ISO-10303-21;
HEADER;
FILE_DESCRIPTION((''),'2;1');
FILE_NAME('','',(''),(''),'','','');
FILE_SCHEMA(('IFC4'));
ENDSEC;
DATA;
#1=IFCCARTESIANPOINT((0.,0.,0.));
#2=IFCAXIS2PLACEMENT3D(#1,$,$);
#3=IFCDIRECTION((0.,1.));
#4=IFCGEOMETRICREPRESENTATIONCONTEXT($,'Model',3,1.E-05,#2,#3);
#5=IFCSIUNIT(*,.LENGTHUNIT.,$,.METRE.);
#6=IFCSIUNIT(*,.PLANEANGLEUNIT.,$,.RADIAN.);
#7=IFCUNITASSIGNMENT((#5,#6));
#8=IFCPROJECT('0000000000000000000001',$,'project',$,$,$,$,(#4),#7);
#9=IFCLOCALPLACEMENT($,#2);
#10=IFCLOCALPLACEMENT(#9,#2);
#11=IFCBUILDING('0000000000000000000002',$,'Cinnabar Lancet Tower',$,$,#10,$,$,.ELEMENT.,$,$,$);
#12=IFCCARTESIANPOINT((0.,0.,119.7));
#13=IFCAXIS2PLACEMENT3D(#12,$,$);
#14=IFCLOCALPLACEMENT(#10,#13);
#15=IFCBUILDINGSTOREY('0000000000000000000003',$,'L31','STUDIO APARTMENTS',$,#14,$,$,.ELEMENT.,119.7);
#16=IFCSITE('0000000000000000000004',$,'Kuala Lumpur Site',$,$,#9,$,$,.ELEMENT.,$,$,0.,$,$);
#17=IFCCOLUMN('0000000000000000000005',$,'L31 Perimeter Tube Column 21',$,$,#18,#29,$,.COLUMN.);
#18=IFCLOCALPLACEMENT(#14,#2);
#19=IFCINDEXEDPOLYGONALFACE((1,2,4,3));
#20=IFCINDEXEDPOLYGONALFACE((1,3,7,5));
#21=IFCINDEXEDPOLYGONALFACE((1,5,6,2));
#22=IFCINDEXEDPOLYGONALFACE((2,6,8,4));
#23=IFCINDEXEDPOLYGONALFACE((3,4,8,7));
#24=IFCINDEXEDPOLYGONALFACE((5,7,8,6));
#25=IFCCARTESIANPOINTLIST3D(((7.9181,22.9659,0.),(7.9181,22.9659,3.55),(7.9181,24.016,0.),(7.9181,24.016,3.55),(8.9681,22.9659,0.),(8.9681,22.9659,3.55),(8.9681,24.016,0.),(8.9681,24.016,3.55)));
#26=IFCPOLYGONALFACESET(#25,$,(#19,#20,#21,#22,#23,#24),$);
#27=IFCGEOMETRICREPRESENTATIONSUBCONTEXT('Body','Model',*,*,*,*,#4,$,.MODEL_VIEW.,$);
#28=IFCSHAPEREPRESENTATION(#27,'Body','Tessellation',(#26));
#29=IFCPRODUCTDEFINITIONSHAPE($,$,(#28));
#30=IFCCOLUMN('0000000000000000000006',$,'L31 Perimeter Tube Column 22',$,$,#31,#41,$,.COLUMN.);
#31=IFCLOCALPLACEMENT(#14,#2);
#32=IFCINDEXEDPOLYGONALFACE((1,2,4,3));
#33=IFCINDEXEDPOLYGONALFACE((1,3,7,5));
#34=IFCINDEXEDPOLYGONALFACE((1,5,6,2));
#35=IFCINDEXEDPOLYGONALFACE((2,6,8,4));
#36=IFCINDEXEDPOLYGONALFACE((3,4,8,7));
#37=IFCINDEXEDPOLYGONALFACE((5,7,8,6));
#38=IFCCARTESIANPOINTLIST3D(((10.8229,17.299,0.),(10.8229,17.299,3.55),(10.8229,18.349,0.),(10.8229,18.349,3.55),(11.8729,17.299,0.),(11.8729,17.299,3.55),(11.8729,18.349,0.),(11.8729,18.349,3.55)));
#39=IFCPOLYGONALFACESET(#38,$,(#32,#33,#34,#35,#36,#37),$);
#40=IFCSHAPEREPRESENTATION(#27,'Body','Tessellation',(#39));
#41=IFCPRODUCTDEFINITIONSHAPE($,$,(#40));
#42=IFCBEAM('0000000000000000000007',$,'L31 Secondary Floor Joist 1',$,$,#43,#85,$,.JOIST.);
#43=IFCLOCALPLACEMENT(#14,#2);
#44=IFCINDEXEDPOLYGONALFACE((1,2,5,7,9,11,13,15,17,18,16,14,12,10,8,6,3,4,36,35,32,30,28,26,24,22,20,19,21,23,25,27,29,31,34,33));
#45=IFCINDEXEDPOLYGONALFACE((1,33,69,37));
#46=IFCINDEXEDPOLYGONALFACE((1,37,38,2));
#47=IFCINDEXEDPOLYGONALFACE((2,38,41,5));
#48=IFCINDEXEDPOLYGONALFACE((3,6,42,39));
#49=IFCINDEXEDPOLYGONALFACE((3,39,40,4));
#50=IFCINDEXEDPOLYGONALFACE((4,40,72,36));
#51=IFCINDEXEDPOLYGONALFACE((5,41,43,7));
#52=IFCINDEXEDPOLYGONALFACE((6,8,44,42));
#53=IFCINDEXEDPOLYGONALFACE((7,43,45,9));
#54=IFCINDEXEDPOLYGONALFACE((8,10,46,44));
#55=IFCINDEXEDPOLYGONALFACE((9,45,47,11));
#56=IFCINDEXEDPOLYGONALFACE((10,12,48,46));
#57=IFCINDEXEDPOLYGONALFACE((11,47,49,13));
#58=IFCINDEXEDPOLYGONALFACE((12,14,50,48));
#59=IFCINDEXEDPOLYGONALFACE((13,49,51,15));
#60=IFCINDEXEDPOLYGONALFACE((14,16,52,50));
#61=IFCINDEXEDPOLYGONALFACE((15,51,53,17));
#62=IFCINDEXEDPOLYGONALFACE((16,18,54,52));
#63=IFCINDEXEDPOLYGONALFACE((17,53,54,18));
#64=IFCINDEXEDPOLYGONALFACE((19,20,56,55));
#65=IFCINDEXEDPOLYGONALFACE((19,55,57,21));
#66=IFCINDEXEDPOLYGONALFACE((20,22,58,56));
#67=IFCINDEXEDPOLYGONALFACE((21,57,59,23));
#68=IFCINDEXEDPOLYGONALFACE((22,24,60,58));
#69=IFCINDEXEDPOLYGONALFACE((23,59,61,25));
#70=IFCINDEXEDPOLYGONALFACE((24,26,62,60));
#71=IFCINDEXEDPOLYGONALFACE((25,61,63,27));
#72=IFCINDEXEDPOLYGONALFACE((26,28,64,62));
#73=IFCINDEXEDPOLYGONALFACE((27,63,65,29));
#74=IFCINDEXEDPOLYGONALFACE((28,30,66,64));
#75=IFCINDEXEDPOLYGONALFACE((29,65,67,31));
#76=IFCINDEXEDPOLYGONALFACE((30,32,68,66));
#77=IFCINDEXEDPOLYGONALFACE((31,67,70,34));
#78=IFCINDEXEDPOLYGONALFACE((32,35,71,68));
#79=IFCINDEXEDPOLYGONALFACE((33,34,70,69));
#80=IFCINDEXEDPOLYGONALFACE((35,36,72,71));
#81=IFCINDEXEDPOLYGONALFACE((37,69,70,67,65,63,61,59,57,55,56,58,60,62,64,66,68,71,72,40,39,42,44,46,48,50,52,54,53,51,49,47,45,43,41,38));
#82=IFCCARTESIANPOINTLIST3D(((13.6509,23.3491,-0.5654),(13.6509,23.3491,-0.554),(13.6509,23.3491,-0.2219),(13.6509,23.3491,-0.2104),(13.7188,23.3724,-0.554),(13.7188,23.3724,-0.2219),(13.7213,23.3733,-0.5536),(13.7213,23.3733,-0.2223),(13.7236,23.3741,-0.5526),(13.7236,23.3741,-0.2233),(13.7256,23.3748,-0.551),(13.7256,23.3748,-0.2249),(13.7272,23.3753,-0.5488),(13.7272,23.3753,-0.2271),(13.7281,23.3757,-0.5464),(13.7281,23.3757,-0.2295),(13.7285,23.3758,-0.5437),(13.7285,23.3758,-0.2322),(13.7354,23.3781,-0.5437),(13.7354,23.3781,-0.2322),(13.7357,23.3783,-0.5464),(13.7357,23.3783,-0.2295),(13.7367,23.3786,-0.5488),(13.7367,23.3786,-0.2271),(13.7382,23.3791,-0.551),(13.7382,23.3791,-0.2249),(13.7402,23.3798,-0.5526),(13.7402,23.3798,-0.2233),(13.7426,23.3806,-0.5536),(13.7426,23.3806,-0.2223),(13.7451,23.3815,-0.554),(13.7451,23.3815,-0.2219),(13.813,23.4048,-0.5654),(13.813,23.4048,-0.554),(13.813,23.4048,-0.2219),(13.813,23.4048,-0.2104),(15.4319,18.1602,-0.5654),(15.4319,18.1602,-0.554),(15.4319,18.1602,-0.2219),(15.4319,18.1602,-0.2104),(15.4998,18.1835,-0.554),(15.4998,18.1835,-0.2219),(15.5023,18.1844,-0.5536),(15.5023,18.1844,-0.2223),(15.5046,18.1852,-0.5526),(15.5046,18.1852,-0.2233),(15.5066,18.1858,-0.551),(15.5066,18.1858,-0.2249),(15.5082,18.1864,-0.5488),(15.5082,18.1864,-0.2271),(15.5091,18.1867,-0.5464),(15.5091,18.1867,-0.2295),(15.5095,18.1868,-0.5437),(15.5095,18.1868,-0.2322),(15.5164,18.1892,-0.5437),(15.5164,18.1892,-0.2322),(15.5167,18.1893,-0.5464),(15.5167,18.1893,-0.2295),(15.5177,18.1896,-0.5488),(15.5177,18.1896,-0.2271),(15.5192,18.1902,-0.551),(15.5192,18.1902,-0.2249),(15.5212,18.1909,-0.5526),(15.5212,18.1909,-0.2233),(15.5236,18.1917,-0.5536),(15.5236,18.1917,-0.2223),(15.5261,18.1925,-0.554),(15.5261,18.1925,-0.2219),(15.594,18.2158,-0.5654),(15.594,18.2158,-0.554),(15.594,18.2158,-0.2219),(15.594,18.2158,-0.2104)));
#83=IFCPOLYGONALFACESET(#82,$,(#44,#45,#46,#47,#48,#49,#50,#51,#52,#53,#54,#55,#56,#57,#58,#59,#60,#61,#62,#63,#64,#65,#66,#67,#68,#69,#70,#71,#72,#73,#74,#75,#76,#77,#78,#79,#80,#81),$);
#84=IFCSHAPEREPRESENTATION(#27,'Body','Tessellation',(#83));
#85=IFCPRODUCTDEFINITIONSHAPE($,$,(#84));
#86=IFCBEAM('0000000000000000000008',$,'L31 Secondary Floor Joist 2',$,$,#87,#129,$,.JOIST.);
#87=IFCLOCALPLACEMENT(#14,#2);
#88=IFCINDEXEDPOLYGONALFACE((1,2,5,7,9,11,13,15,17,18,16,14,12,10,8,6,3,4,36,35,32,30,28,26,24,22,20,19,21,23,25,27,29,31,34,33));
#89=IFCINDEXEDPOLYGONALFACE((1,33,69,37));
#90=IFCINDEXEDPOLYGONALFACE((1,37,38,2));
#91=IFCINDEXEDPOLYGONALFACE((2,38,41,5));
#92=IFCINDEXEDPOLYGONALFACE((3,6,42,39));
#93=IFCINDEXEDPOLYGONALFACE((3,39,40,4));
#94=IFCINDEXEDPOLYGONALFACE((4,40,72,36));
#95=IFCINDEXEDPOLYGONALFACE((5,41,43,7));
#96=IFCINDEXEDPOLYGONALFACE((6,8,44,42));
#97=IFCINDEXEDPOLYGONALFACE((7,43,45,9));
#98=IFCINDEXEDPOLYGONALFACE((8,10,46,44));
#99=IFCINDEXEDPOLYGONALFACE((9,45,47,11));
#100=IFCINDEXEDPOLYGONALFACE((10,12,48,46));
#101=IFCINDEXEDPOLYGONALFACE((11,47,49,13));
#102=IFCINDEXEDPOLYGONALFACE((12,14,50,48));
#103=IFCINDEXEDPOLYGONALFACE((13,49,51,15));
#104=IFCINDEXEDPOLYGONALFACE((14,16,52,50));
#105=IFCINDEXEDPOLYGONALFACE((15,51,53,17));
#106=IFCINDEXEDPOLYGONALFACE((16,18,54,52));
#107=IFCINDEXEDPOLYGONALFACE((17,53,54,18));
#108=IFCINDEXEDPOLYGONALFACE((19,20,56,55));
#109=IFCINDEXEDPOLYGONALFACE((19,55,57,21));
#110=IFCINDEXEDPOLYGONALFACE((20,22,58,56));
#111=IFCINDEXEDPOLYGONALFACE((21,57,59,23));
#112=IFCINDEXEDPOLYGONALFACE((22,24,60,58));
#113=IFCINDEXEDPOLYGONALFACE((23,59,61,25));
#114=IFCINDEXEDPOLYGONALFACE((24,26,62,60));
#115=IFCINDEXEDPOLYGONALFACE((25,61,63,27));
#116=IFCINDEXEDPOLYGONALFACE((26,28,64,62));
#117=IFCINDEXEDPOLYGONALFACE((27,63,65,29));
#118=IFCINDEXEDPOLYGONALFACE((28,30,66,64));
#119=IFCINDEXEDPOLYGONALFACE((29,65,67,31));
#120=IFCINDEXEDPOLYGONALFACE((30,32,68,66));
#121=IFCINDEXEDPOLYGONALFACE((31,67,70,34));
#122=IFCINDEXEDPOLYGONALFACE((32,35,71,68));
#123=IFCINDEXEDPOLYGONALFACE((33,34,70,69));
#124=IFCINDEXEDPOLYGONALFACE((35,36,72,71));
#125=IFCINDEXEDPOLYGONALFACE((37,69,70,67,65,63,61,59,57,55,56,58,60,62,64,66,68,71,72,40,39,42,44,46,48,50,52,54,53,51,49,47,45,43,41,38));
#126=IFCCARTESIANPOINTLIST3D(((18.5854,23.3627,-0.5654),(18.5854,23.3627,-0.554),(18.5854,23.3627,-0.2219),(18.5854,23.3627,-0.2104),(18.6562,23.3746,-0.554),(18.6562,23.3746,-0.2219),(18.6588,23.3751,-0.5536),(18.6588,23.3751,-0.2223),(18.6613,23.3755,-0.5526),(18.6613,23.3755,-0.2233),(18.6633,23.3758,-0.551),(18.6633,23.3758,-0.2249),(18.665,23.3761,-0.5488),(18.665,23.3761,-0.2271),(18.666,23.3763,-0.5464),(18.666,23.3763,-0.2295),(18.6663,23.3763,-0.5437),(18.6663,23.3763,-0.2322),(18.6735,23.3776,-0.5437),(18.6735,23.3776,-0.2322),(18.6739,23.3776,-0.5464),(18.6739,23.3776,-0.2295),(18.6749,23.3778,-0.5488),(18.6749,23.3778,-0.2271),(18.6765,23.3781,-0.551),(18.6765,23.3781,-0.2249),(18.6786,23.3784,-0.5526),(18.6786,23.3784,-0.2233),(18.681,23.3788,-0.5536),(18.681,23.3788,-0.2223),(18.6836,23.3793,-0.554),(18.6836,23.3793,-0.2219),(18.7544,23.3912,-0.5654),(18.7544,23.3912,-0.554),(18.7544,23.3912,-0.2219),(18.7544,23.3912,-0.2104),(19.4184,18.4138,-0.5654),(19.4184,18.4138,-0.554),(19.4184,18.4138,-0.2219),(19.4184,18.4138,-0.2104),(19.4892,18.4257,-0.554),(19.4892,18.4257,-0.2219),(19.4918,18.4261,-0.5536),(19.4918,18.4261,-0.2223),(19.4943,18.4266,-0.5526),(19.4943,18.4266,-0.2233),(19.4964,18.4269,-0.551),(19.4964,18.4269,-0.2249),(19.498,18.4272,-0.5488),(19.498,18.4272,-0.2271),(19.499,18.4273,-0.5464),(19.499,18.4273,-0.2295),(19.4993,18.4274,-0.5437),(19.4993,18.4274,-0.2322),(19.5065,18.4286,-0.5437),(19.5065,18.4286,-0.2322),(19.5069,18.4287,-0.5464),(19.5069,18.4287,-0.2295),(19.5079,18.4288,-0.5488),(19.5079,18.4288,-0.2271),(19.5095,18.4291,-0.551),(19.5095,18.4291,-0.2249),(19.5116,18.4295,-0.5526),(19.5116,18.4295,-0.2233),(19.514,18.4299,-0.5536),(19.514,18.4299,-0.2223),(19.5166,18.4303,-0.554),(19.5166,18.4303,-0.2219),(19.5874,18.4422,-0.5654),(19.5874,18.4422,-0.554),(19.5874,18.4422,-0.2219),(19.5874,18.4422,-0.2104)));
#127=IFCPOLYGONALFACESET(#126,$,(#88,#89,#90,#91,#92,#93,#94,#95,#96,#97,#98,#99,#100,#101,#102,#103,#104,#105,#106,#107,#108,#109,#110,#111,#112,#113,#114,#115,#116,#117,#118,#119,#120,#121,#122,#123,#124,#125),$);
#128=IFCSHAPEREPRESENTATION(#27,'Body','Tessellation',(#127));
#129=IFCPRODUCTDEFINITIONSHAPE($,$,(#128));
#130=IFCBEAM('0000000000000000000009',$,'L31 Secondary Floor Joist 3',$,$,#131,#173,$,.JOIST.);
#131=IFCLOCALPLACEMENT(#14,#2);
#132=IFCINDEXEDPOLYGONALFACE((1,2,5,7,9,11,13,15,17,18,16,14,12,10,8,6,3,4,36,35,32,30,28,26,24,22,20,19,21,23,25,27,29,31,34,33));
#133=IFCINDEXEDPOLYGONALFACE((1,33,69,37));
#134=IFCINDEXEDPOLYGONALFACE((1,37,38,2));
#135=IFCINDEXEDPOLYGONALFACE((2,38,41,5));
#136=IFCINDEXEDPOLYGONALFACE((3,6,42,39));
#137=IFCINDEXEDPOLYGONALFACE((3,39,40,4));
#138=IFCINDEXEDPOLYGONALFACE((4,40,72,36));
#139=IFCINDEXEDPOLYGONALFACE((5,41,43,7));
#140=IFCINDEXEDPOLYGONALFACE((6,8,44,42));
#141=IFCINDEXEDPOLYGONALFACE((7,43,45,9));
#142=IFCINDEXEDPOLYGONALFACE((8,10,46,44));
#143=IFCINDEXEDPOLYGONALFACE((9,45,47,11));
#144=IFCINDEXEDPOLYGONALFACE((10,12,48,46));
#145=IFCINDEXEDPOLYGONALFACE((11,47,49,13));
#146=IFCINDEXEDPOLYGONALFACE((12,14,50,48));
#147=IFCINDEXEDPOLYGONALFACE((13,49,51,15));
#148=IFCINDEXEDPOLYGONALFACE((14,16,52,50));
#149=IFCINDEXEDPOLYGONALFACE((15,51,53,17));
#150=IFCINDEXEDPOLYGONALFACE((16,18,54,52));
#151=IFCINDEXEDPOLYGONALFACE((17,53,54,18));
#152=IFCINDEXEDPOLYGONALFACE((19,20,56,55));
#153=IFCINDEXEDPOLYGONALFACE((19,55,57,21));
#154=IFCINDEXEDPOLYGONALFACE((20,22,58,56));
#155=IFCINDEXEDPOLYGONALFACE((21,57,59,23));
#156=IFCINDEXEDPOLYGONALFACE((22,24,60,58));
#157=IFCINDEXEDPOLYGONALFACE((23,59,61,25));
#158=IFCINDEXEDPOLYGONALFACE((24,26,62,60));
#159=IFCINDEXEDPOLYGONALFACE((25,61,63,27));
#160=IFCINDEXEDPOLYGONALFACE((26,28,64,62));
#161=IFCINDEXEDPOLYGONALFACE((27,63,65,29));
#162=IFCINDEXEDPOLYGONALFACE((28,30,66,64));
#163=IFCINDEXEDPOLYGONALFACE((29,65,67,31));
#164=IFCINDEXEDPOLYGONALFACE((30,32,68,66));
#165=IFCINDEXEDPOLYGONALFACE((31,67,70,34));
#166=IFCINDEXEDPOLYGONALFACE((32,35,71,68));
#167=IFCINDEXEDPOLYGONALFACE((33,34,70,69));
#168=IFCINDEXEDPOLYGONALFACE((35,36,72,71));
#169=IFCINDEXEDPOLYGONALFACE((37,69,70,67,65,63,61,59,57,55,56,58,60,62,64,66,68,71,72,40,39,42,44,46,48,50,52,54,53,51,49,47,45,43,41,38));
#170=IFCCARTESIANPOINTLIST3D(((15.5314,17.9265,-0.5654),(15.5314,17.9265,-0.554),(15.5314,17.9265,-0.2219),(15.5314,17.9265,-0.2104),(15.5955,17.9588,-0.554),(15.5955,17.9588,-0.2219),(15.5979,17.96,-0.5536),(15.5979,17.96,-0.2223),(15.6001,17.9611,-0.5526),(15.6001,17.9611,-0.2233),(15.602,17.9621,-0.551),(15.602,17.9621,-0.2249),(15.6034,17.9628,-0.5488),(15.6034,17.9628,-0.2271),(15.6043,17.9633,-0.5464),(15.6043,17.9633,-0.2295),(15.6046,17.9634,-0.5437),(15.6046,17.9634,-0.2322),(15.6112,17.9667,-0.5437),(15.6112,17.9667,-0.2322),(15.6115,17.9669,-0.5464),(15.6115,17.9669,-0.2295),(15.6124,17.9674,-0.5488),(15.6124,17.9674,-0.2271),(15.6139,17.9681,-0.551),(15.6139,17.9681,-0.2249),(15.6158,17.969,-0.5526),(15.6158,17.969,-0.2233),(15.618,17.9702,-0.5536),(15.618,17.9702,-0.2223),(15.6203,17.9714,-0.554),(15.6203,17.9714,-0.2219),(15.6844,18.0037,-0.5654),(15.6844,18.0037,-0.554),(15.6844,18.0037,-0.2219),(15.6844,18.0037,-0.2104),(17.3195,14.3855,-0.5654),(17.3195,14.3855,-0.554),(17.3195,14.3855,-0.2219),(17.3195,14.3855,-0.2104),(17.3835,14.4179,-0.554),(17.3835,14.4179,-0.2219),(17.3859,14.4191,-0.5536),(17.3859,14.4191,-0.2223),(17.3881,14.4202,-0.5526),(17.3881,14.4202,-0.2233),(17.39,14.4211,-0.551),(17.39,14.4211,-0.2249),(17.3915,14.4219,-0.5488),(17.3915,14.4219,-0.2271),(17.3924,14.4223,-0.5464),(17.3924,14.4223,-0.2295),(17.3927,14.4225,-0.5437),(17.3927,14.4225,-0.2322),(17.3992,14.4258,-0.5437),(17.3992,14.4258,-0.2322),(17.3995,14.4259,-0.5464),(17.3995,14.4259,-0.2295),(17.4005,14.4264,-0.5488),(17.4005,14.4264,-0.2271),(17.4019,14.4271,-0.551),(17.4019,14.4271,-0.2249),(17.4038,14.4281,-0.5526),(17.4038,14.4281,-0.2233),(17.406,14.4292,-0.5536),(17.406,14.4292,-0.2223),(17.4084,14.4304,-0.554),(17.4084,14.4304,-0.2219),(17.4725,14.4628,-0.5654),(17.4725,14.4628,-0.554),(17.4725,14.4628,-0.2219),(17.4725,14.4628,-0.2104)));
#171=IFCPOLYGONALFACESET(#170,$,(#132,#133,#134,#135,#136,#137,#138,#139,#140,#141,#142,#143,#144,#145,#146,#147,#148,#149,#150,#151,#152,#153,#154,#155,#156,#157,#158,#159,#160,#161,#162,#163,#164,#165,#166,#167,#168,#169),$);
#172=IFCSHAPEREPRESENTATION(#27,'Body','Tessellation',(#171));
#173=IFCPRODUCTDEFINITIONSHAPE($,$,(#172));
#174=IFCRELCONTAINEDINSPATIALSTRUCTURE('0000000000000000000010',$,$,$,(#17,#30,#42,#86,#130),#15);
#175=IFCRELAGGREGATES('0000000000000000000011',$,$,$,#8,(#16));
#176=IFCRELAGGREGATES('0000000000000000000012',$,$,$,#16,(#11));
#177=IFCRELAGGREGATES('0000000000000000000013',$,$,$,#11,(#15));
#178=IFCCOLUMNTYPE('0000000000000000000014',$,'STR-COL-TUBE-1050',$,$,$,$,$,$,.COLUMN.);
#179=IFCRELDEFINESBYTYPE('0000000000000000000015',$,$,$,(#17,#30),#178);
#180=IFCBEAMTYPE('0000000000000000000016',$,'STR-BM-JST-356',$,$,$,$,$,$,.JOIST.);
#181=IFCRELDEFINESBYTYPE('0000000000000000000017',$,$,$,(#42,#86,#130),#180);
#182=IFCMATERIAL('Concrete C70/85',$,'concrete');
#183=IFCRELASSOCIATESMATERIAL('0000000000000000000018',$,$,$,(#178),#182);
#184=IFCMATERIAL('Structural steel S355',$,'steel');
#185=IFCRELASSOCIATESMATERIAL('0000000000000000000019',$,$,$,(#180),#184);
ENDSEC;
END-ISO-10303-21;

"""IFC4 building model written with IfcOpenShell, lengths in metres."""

from ifc_helpers import new_model, si_unit, direction, frame, origin, origin_2d, place, context, subcontext, project, spatial, rectangle, i_section, extrude, material, material_profile, profile_set, type_object, element, save


model = new_model("IFC4")

# Units and contexts
model_context = context("Model", 3, precision=1e-05, world=origin(), true_north=direction((0.0, 1.0)))
body_context = subcontext(model_context, "Body", "Model", "MODEL_VIEW")
ifc_project = project(units=[si_unit("LENGTHUNIT", "METRE"), si_unit("PLANEANGLEUNIT", "RADIAN")], contexts=[model_context])

# Site, building, storey
site_placement = place(None, origin())
site = spatial("IfcSite", under=ifc_project, at=site_placement, Name="Kuala Lumpur Site", CompositionType="ELEMENT", RefElevation=0.0)
building_placement = place(site_placement, origin())
building = spatial("IfcBuilding", under=site, at=building_placement, Name="Cinnabar Lancet Tower", CompositionType="ELEMENT")
storey_placement = place(building_placement, frame((0.0, 0.0, 119.7)))
storey = spatial("IfcBuildingStorey", under=building, at=storey_placement, Name="L31", Description="STUDIO APARTMENTS", CompositionType="ELEMENT", Elevation=119.7)

# Columns
ifc_material_1 = material(Name="Concrete C70/85", Category="concrete")
ifc_material_profile_1 = material_profile(ifc_material_1, rectangle(XDim=1.05, YDim=1.05, at=origin_2d()), Name="RC-COL 1050x1050")
ifc_profile_set_1 = profile_set([ifc_material_profile_1], Name="Concrete C70/85")
column_type = type_object("IfcColumnType", Name="STR-COL-TUBE-1050", PredefinedType="COLUMN", material=ifc_profile_set_1)
for number, where, z_axis, x_axis, name in (
    (1, (8.4431, 23.491, 0.0), (0.0, 0.0, 1.0), (1.0, 0.0, 0.0), "L31 Perimeter Tube Column 21"),
    (2, (11.3479, 17.824, 0.0), (0.0, 0.0, 1.0), (1.0, 0.0, 0.0), "L31 Perimeter Tube Column 22"),
):
    element("IfcColumn", number, at=place(storey_placement, frame(where, z_axis=z_axis, x_axis=x_axis)), inside=storey, type_object=column_type, Name=name, PredefinedType="COLUMN", context=body_context, shape_type="SweptSolid", body=[
        extrude(rectangle(XDim=1.05, YDim=1.05, at=origin_2d()), origin(), (0.0, 0.0, 1.0), 3.55),
    ])

# Beams
ifc_material_2 = material(Name="Structural steel S355", Category="steel")
ifc_material_profile_2 = material_profile(ifc_material_2, i_section(OverallWidth=0.1714, OverallDepth=0.355, WebThickness=0.0073, FlangeThickness=0.0115, FilletRadius=0.0103, at=origin_2d()), Name="UKB 356x171x51")
ifc_profile_set_2 = profile_set([ifc_material_profile_2], Name="Structural steel S355")
beam_type_1 = type_object("IfcBeamType", Name="STR-BM-JST-356", PredefinedType="JOIST", material=ifc_profile_set_2)
beam_1_placement = place(storey_placement, frame((13.7319, 23.377, -0.3879), z_axis=(0.324639, -0.945838, 0.0), x_axis=(0.945838, 0.324639, 0.0)))
element("IfcBeam", 3, at=beam_1_placement, inside=storey, type_object=beam_type_1, Name="L31 Secondary Floor Joist 1", PredefinedType="JOIST", context=body_context, shape_type="SweptSolid", body=[
    extrude(i_section(OverallWidth=0.1714, OverallDepth=0.355, WebThickness=0.0073, FlangeThickness=0.0115, FilletRadius=0.0103, at=origin_2d()), origin(), (0.0, 0.0, 1.0), 5.4861),
])
beam_2_placement = place(storey_placement, frame((18.6699, 23.377, -0.3879), z_axis=(0.165984, -0.986128, 0.0), x_axis=(0.986128, 0.165984, 0.0)))
element("IfcBeam", 4, at=beam_2_placement, inside=storey, type_object=beam_type_1, Name="L31 Secondary Floor Joist 2", PredefinedType="JOIST", context=body_context, shape_type="SweptSolid", body=[
    extrude(i_section(OverallWidth=0.1714, OverallDepth=0.355, WebThickness=0.0073, FlangeThickness=0.0115, FilletRadius=0.0103, at=origin_2d()), origin(), (0.0, 0.0, 1.0), 5.0186),
])
beam_3_placement = place(storey_placement, frame((15.6079, 17.9651, -0.3879), z_axis=(0.450755, -0.892648, 0.0), x_axis=(0.892648, 0.450755, 0.0)))
element("IfcBeam", 5, at=beam_3_placement, inside=storey, type_object=beam_type_1, Name="L31 Secondary Floor Joist 3", PredefinedType="JOIST", context=body_context, shape_type="SweptSolid", body=[
    extrude(i_section(OverallWidth=0.1714, OverallDepth=0.355, WebThickness=0.0073, FlangeThickness=0.0115, FilletRadius=0.0103, at=origin_2d()), origin(), (0.0, 0.0, 1.0), 3.9668),
])

save(model, "model.ifc")
